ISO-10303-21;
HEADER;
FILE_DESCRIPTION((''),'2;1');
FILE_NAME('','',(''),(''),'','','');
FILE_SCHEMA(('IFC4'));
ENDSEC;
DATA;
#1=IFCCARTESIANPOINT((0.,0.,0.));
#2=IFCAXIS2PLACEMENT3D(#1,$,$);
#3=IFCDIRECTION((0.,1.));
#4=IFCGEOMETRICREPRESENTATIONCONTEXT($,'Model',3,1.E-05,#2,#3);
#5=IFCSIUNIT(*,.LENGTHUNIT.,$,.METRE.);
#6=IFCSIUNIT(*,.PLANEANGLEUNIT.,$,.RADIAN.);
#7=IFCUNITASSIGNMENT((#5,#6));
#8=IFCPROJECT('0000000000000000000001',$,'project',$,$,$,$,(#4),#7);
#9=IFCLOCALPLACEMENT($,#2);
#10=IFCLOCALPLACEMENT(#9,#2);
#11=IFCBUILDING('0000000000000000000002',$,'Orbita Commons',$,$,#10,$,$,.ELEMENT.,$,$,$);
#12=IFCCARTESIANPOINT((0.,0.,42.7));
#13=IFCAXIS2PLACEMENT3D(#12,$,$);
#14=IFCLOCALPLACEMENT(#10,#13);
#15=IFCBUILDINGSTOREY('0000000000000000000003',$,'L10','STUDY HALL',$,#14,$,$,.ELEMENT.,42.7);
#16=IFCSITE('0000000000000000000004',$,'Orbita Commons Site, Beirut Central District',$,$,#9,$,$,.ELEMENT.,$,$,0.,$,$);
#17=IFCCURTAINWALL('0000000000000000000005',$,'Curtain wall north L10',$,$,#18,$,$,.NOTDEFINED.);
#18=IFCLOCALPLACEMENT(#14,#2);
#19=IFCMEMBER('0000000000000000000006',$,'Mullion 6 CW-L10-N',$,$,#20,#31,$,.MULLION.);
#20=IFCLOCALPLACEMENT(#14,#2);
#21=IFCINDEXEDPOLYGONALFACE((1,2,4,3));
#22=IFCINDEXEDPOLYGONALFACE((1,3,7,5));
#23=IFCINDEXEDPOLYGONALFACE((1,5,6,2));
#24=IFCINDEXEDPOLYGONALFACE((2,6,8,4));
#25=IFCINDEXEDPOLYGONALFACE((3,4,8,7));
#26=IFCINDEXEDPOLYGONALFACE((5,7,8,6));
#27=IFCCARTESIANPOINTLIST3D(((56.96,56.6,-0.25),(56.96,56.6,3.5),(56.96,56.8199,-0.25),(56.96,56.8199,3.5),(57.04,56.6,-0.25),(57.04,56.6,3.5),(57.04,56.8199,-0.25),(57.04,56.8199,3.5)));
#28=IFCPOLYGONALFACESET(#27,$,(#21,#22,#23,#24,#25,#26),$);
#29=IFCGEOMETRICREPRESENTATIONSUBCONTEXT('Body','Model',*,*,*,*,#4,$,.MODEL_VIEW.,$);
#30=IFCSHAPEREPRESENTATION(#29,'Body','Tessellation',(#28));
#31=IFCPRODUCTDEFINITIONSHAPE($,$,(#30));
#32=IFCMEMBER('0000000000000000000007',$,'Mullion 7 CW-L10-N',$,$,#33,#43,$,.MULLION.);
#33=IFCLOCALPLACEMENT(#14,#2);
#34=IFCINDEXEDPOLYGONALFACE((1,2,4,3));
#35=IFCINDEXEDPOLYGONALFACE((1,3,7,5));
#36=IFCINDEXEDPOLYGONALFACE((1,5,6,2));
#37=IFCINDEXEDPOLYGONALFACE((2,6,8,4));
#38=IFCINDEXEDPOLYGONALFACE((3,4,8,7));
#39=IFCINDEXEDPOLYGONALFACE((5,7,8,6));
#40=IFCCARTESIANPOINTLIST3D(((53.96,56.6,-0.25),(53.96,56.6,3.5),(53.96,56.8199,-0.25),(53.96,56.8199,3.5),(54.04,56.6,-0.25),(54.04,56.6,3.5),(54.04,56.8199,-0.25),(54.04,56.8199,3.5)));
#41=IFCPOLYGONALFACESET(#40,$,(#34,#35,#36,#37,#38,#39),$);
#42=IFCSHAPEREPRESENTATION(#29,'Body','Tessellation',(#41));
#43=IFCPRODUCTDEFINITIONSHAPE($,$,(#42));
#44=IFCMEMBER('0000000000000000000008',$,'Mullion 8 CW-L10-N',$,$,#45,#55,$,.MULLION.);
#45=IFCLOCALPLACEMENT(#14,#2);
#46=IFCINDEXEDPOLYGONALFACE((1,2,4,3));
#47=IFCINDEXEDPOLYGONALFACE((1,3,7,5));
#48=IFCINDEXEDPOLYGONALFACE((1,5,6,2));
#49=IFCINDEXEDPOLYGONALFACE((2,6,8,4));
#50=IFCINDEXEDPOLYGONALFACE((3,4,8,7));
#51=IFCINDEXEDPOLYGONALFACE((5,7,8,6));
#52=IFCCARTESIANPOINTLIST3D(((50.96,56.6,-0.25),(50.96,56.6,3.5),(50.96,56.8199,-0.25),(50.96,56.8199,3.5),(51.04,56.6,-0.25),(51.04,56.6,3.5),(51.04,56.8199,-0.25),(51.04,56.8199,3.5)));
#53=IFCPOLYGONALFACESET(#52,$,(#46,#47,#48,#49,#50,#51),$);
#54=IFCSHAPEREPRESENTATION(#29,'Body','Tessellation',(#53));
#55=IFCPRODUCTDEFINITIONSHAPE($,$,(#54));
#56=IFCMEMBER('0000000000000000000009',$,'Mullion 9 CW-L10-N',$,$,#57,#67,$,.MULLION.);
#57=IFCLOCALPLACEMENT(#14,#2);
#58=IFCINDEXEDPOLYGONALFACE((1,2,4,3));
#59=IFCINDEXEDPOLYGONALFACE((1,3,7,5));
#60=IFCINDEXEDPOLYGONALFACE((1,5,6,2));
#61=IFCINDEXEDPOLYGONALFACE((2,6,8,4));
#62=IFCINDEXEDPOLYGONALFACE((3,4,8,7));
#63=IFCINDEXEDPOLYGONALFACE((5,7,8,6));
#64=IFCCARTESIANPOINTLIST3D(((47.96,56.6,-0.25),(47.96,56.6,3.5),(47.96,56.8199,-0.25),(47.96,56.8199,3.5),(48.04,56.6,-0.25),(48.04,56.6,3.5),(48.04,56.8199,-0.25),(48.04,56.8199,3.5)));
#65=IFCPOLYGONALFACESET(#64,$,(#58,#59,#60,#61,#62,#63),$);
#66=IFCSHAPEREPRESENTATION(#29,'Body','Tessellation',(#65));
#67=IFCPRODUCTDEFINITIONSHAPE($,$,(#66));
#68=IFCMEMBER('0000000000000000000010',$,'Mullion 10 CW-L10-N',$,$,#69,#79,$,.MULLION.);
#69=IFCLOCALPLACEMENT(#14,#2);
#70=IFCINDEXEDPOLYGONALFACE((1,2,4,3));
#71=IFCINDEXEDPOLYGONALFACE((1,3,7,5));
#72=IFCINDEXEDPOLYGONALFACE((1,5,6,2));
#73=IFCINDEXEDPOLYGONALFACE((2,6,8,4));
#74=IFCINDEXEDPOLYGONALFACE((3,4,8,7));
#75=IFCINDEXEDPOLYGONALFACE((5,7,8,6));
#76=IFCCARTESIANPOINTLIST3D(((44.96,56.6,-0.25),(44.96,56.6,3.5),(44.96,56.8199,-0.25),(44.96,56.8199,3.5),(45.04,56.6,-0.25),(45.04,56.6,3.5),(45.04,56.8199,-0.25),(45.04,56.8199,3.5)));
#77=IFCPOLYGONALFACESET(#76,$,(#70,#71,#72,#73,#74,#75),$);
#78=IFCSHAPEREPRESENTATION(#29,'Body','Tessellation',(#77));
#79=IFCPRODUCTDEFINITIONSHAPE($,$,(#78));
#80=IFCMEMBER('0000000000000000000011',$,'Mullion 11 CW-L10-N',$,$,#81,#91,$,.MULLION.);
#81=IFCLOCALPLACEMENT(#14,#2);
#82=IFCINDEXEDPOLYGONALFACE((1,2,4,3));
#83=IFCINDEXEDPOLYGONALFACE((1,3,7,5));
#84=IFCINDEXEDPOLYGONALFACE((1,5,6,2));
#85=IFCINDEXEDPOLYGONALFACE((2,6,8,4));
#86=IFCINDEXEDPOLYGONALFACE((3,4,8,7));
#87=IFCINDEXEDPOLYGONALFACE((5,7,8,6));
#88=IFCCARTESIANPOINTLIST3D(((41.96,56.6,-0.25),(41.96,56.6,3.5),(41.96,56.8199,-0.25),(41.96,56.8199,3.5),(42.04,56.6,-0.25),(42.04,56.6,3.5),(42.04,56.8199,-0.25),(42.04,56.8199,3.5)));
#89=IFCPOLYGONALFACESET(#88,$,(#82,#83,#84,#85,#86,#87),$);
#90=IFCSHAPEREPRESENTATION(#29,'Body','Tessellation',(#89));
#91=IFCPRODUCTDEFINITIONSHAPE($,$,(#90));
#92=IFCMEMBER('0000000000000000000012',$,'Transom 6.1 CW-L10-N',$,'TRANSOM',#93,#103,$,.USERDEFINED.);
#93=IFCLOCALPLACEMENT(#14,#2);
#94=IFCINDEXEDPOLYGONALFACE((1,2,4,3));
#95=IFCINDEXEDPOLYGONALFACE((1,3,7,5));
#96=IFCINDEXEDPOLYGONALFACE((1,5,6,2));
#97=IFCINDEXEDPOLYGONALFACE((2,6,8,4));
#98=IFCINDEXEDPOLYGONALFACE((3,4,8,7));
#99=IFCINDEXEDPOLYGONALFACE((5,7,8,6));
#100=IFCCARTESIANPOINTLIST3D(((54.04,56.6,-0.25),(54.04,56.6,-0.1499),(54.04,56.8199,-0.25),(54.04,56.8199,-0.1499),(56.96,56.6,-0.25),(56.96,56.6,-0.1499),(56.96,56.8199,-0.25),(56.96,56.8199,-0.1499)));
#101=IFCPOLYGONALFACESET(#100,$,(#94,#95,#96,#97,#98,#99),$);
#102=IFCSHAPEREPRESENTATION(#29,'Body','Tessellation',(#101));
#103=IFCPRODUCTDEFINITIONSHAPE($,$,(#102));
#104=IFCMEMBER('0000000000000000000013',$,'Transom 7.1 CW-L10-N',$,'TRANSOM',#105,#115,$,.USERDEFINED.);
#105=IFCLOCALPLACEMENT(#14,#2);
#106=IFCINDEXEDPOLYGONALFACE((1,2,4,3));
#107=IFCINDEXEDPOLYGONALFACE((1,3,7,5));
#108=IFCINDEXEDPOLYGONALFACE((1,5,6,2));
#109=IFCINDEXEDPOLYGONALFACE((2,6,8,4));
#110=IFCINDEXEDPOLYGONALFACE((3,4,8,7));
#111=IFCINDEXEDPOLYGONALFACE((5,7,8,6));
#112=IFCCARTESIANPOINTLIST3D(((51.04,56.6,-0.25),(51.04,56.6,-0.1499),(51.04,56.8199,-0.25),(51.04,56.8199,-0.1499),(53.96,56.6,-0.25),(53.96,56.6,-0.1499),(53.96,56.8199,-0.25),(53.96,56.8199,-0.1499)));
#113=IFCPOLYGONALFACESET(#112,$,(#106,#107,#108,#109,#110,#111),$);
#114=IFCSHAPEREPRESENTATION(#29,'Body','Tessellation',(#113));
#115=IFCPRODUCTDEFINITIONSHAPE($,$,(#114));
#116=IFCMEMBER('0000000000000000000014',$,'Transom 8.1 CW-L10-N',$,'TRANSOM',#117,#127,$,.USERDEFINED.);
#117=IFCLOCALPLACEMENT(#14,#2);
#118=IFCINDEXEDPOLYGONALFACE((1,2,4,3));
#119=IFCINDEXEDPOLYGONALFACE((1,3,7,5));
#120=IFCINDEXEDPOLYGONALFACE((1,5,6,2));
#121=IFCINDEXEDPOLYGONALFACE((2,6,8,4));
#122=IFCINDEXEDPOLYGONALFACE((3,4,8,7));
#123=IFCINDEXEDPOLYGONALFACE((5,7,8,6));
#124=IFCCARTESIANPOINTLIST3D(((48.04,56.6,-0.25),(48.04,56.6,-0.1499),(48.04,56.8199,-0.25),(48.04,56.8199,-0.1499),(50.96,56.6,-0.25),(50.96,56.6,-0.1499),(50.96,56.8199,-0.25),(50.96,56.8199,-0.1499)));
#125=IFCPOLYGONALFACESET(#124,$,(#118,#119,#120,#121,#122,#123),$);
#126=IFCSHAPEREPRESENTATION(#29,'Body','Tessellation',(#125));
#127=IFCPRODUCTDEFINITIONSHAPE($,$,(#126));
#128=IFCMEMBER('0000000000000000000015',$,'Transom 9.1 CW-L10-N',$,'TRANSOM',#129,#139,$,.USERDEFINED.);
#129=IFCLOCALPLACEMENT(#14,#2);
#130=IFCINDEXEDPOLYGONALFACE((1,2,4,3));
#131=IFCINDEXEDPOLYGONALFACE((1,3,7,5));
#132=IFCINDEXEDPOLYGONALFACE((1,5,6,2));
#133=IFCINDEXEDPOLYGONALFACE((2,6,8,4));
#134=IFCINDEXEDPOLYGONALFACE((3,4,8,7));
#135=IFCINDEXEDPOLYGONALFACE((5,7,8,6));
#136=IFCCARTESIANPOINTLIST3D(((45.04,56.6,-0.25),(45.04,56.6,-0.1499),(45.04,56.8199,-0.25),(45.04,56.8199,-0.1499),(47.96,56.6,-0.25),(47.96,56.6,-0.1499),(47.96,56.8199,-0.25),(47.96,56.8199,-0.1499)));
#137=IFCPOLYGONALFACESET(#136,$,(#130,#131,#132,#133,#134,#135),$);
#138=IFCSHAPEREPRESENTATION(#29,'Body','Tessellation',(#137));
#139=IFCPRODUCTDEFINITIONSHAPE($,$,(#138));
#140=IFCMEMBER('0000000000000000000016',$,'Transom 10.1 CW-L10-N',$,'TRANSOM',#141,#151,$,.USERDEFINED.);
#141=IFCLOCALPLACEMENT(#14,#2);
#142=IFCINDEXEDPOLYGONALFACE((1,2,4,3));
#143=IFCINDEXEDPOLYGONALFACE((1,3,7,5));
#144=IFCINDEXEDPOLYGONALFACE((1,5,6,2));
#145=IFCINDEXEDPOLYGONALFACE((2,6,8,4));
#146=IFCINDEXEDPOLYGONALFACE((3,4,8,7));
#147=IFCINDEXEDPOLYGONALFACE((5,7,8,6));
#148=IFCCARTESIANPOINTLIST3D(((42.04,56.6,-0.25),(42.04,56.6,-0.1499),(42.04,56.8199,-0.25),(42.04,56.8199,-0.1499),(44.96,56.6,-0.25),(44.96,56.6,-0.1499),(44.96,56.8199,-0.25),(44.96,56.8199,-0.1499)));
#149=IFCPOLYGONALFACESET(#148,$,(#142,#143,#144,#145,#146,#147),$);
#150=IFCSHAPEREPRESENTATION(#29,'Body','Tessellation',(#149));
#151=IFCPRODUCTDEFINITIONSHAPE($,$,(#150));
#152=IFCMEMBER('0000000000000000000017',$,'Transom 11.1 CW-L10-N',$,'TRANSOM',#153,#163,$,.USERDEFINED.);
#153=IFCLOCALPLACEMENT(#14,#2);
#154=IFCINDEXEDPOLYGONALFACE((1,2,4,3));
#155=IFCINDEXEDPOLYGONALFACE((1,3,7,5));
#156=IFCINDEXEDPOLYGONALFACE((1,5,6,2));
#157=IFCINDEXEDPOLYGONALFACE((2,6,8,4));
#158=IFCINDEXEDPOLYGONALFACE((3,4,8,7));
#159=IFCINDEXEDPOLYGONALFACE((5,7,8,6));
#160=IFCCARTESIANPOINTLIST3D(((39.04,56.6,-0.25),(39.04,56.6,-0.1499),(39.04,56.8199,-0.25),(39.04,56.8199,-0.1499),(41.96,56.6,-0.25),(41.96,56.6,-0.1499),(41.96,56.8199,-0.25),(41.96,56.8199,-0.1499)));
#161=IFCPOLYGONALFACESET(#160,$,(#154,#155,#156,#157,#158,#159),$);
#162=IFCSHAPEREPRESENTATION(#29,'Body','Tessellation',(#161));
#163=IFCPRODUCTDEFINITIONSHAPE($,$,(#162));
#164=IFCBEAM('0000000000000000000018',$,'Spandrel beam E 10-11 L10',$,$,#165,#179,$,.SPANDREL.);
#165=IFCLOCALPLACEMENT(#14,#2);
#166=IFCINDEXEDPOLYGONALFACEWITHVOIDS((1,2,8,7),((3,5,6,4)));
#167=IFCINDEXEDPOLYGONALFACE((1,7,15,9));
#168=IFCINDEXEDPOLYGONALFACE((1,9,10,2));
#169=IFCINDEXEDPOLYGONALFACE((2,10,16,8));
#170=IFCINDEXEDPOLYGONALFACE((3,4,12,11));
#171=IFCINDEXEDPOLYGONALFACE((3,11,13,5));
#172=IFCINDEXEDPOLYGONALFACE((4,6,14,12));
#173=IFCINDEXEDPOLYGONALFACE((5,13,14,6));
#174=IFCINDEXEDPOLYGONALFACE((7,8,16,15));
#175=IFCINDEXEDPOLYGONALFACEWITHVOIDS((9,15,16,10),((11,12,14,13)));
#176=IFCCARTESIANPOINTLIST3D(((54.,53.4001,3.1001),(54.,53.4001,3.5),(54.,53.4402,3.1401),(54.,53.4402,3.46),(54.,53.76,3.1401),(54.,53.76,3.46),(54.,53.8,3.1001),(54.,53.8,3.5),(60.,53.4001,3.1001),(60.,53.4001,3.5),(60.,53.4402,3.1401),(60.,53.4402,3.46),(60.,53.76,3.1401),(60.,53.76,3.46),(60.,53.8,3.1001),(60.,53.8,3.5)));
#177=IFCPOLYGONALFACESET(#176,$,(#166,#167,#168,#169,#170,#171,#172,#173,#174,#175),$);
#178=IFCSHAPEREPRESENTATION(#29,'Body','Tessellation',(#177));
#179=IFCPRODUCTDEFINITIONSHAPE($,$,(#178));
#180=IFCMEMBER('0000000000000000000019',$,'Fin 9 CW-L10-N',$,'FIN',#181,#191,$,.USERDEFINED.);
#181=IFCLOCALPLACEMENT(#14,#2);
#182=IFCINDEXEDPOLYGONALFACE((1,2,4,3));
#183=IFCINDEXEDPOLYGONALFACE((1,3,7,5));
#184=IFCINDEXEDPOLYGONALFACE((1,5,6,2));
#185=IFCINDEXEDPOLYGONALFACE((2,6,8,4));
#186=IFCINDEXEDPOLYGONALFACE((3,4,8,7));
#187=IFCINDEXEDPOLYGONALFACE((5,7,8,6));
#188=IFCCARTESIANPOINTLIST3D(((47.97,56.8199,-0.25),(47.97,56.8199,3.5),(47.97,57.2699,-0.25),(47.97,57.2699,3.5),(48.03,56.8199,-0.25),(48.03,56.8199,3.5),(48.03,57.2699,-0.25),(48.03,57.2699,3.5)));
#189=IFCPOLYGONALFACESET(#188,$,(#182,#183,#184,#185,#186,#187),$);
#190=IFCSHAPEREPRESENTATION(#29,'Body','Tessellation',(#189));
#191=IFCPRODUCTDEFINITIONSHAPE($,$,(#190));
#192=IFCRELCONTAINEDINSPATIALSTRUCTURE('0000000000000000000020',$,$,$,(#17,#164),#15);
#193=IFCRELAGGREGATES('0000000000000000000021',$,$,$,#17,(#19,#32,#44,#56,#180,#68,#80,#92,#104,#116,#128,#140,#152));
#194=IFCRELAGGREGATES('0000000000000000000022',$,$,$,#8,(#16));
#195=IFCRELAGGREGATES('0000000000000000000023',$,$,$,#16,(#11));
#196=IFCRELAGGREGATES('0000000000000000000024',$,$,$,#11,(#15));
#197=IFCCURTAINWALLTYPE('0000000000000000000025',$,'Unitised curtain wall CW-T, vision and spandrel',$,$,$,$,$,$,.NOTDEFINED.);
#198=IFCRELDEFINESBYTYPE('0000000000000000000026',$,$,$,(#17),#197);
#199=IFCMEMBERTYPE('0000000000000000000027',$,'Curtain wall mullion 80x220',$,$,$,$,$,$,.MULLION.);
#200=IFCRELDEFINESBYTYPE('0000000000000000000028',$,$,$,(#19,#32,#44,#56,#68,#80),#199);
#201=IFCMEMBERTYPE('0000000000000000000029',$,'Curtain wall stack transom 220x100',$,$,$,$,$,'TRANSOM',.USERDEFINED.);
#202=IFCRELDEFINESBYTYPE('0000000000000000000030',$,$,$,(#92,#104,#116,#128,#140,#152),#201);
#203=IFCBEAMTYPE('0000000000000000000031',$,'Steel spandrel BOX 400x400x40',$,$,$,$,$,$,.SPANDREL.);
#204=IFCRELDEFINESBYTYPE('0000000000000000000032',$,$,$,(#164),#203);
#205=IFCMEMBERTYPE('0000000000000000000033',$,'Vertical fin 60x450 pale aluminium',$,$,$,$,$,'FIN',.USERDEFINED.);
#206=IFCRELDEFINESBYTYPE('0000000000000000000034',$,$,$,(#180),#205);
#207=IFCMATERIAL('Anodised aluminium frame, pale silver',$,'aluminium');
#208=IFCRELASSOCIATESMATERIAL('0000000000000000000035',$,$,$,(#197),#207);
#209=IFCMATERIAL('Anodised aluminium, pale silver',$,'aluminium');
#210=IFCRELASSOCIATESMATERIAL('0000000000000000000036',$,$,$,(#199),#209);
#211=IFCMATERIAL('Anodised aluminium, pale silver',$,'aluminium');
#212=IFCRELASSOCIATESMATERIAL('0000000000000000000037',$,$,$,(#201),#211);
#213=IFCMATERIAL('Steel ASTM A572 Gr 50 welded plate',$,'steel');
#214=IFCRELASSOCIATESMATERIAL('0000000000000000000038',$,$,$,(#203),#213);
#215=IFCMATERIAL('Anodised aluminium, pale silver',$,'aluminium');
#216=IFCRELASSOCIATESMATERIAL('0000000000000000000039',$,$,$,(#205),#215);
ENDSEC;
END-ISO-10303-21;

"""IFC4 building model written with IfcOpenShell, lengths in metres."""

from ifc_helpers import new_model, si_unit, direction, frame, origin, origin_2d, place, context, subcontext, project, spatial, rectangle, hollow_rectangle, extrude, material, material_profile, profile_set, type_object, element, aggregate, save


model = new_model("IFC4")

# Units and contexts
model_context = context("Model", 3, precision=1e-05, world=origin(), true_north=direction((0.0, 1.0)))
body_context = subcontext(model_context, "Body", "Model", "MODEL_VIEW")
ifc_project = project(units=[si_unit("LENGTHUNIT", "METRE"), si_unit("PLANEANGLEUNIT", "RADIAN")], contexts=[model_context])

# Site, building, storey
site_placement = place(None, origin())
site = spatial("IfcSite", under=ifc_project, at=site_placement, Name="Orbita Commons Site, Beirut Central District", CompositionType="ELEMENT", RefElevation=0.0)
building_placement = place(site_placement, origin())
building = spatial("IfcBuilding", under=site, at=building_placement, Name="Orbita Commons", CompositionType="ELEMENT")
storey_placement = place(building_placement, frame((0.0, 0.0, 42.7)))
storey = spatial("IfcBuildingStorey", under=building, at=storey_placement, Name="L10", Description="STUDY HALL", CompositionType="ELEMENT", Elevation=42.7)

# Curtain wall, members
ifc_material_1 = material(Name="Anodised aluminium frame, pale silver", Category="aluminium")
curtain_wall_type = type_object("IfcCurtainWallType", Name="Unitised curtain wall CW-T, vision and spandrel", PredefinedType="NOTDEFINED", material=ifc_material_1)
curtain_wall_placement = place(storey_placement, origin())
curtain_wall = element("IfcCurtainWall", 1, at=curtain_wall_placement, inside=storey, type_object=curtain_wall_type, Name="Curtain wall north L10", PredefinedType="NOTDEFINED")
ifc_material_2 = material(Name="Anodised aluminium, pale silver", Category="aluminium")
ifc_material_profile_1 = material_profile(ifc_material_2, rectangle(XDim=0.0801, YDim=0.22, at=origin_2d()), Name="AL 80x220")
ifc_profile_set_1 = profile_set([ifc_material_profile_1], Name="Anodised aluminium, pale silver")
member_type_1 = type_object("IfcMemberType", Name="Curtain wall mullion 80x220", PredefinedType="MULLION", material=ifc_profile_set_1)
member_1_placement = place(storey_placement, frame((57.0, 56.71, -0.25), z_axis=(0.0, 0.0, 1.0), x_axis=(-1.0, 0.0, 0.0)))
member_1 = element("IfcMember", 2, at=member_1_placement, type_object=member_type_1, Name="Mullion 6 CW-L10-N", PredefinedType="MULLION", context=body_context, shape_type="SweptSolid", body=[
    extrude(rectangle(XDim=0.0801, YDim=0.22, at=origin_2d()), origin(), (0.0, 0.0, 1.0), 3.75),
])
member_2_placement = place(storey_placement, frame((54.0, 56.71, -0.25), z_axis=(0.0, 0.0, 1.0), x_axis=(-1.0, 0.0, 0.0)))
member_2 = element("IfcMember", 3, at=member_2_placement, type_object=member_type_1, Name="Mullion 7 CW-L10-N", PredefinedType="MULLION", context=body_context, shape_type="SweptSolid", body=[
    extrude(rectangle(XDim=0.0801, YDim=0.22, at=origin_2d()), origin(), (0.0, 0.0, 1.0), 3.75),
])
member_3_placement = place(storey_placement, frame((51.0, 56.71, -0.25), z_axis=(0.0, 0.0, 1.0), x_axis=(-1.0, 0.0, 0.0)))
member_3 = element("IfcMember", 4, at=member_3_placement, type_object=member_type_1, Name="Mullion 8 CW-L10-N", PredefinedType="MULLION", context=body_context, shape_type="SweptSolid", body=[
    extrude(rectangle(XDim=0.0801, YDim=0.22, at=origin_2d()), origin(), (0.0, 0.0, 1.0), 3.75),
])
member_4_placement = place(storey_placement, frame((48.0, 56.71, -0.25), z_axis=(0.0, 0.0, 1.0), x_axis=(-1.0, 0.0, 0.0)))
member_4 = element("IfcMember", 5, at=member_4_placement, type_object=member_type_1, Name="Mullion 9 CW-L10-N", PredefinedType="MULLION", context=body_context, shape_type="SweptSolid", body=[
    extrude(rectangle(XDim=0.0801, YDim=0.22, at=origin_2d()), origin(), (0.0, 0.0, 1.0), 3.75),
])
member_5_placement = place(storey_placement, frame((45.0, 56.71, -0.25), z_axis=(0.0, 0.0, 1.0), x_axis=(-1.0, 0.0, 0.0)))
member_5 = element("IfcMember", 6, at=member_5_placement, type_object=member_type_1, Name="Mullion 10 CW-L10-N", PredefinedType="MULLION", context=body_context, shape_type="SweptSolid", body=[
    extrude(rectangle(XDim=0.0801, YDim=0.22, at=origin_2d()), origin(), (0.0, 0.0, 1.0), 3.75),
])
member_6_placement = place(storey_placement, frame((42.0, 56.71, -0.25), z_axis=(0.0, 0.0, 1.0), x_axis=(-1.0, 0.0, 0.0)))
member_6 = element("IfcMember", 7, at=member_6_placement, type_object=member_type_1, Name="Mullion 11 CW-L10-N", PredefinedType="MULLION", context=body_context, shape_type="SweptSolid", body=[
    extrude(rectangle(XDim=0.0801, YDim=0.22, at=origin_2d()), origin(), (0.0, 0.0, 1.0), 3.75),
])
ifc_material_3 = material(Name="Anodised aluminium, pale silver", Category="aluminium")
ifc_material_profile_2 = material_profile(ifc_material_3, rectangle(XDim=0.22, YDim=0.1001, at=origin_2d()), Name="AL 220x100")
ifc_profile_set_2 = profile_set([ifc_material_profile_2], Name="Anodised aluminium, pale silver")
member_type_2 = type_object("IfcMemberType", Name="Curtain wall stack transom 220x100", ElementType="TRANSOM", PredefinedType="USERDEFINED", material=ifc_profile_set_2)
member_7_placement = place(storey_placement, frame((56.96, 56.71, -0.2), z_axis=(-1.0, 0.0, 0.0), x_axis=(0.0, -1.0, 0.0)))
member_7 = element("IfcMember", 8, at=member_7_placement, type_object=member_type_2, Name="Transom 6.1 CW-L10-N", ObjectType="TRANSOM", PredefinedType="USERDEFINED", context=body_context, shape_type="SweptSolid", body=[
    extrude(rectangle(XDim=0.22, YDim=0.1001, at=origin_2d()), origin(), (0.0, 0.0, 1.0), 2.9199),
])
member_8_placement = place(storey_placement, frame((53.96, 56.71, -0.2), z_axis=(-1.0, 0.0, 0.0), x_axis=(0.0, -1.0, 0.0)))
member_8 = element("IfcMember", 9, at=member_8_placement, type_object=member_type_2, Name="Transom 7.1 CW-L10-N", ObjectType="TRANSOM", PredefinedType="USERDEFINED", context=body_context, shape_type="SweptSolid", body=[
    extrude(rectangle(XDim=0.22, YDim=0.1001, at=origin_2d()), origin(), (0.0, 0.0, 1.0), 2.9199),
])
member_9_placement = place(storey_placement, frame((50.96, 56.71, -0.2), z_axis=(-1.0, 0.0, 0.0), x_axis=(0.0, -1.0, 0.0)))
member_9 = element("IfcMember", 10, at=member_9_placement, type_object=member_type_2, Name="Transom 8.1 CW-L10-N", ObjectType="TRANSOM", PredefinedType="USERDEFINED", context=body_context, shape_type="SweptSolid", body=[
    extrude(rectangle(XDim=0.22, YDim=0.1001, at=origin_2d()), origin(), (0.0, 0.0, 1.0), 2.9199),
])
member_10_placement = place(storey_placement, frame((47.96, 56.71, -0.2), z_axis=(-1.0, 0.0, 0.0), x_axis=(0.0, -1.0, 0.0)))
member_10 = element("IfcMember", 11, at=member_10_placement, type_object=member_type_2, Name="Transom 9.1 CW-L10-N", ObjectType="TRANSOM", PredefinedType="USERDEFINED", context=body_context, shape_type="SweptSolid", body=[
    extrude(rectangle(XDim=0.22, YDim=0.1001, at=origin_2d()), origin(), (0.0, 0.0, 1.0), 2.9199),
])
member_11_placement = place(storey_placement, frame((44.96, 56.71, -0.2), z_axis=(-1.0, 0.0, 0.0), x_axis=(0.0, -1.0, 0.0)))
member_11 = element("IfcMember", 12, at=member_11_placement, type_object=member_type_2, Name="Transom 10.1 CW-L10-N", ObjectType="TRANSOM", PredefinedType="USERDEFINED", context=body_context, shape_type="SweptSolid", body=[
    extrude(rectangle(XDim=0.22, YDim=0.1001, at=origin_2d()), origin(), (0.0, 0.0, 1.0), 2.9199),
])
member_12_placement = place(storey_placement, frame((41.96, 56.71, -0.2), z_axis=(-1.0, 0.0, 0.0), x_axis=(0.0, -1.0, 0.0)))
member_12 = element("IfcMember", 13, at=member_12_placement, type_object=member_type_2, Name="Transom 11.1 CW-L10-N", ObjectType="TRANSOM", PredefinedType="USERDEFINED", context=body_context, shape_type="SweptSolid", body=[
    extrude(rectangle(XDim=0.22, YDim=0.1001, at=origin_2d()), origin(), (0.0, 0.0, 1.0), 2.9199),
])

# Beam
ifc_material_4 = material(Name="Steel ASTM A572 Gr 50 welded plate", Category="steel")
ifc_material_profile_3 = material_profile(ifc_material_4, hollow_rectangle(XDim=0.3999, YDim=0.3999, WallThickness=0.04, at=origin_2d()), Name="BOX 400x400x40")
ifc_profile_set_3 = profile_set([ifc_material_profile_3], Name="Steel ASTM A572 Gr 50 welded plate")
beam_type = type_object("IfcBeamType", Name="Steel spandrel BOX 400x400x40", PredefinedType="SPANDREL", material=ifc_profile_set_3)
beam_placement = place(storey_placement, frame((54.0, 53.6001, 3.3), z_axis=(1.0, 0.0, 0.0), x_axis=(0.0, 1.0, 0.0)))
element("IfcBeam", 14, at=beam_placement, inside=storey, type_object=beam_type, Name="Spandrel beam E 10-11 L10", PredefinedType="SPANDREL", context=body_context, shape_type="SweptSolid", body=[
    extrude(hollow_rectangle(XDim=0.3999, YDim=0.3999, WallThickness=0.04, at=origin_2d()), origin(), (0.0, 0.0, 1.0), 6.0),
])

# Member
ifc_material_5 = material(Name="Anodised aluminium, pale silver", Category="aluminium")
ifc_material_profile_4 = material_profile(ifc_material_5, rectangle(XDim=0.0601, YDim=0.45, at=origin_2d()), Name="FIN 60x450")
ifc_profile_set_4 = profile_set([ifc_material_profile_4], Name="Anodised aluminium, pale silver")
member_type_3 = type_object("IfcMemberType", Name="Vertical fin 60x450 pale aluminium", ElementType="FIN", PredefinedType="USERDEFINED", material=ifc_profile_set_4)
member_13_placement = place(storey_placement, frame((48.0, 57.0449, -0.25), z_axis=(0.0, 0.0, 1.0), x_axis=(-1.0, 0.0, 0.0)))
member_13 = element("IfcMember", 15, at=member_13_placement, type_object=member_type_3, Name="Fin 9 CW-L10-N", ObjectType="FIN", PredefinedType="USERDEFINED", context=body_context, shape_type="SweptSolid", body=[
    extrude(rectangle(XDim=0.0601, YDim=0.45, at=origin_2d()), origin(), (0.0, 0.0, 1.0), 3.75),
])

aggregate(curtain_wall, [member_1, member_2, member_3, member_4, member_13, member_5, member_6, member_7, member_8, member_9, member_10, member_11, member_12])

save(model, "model.ifc")
